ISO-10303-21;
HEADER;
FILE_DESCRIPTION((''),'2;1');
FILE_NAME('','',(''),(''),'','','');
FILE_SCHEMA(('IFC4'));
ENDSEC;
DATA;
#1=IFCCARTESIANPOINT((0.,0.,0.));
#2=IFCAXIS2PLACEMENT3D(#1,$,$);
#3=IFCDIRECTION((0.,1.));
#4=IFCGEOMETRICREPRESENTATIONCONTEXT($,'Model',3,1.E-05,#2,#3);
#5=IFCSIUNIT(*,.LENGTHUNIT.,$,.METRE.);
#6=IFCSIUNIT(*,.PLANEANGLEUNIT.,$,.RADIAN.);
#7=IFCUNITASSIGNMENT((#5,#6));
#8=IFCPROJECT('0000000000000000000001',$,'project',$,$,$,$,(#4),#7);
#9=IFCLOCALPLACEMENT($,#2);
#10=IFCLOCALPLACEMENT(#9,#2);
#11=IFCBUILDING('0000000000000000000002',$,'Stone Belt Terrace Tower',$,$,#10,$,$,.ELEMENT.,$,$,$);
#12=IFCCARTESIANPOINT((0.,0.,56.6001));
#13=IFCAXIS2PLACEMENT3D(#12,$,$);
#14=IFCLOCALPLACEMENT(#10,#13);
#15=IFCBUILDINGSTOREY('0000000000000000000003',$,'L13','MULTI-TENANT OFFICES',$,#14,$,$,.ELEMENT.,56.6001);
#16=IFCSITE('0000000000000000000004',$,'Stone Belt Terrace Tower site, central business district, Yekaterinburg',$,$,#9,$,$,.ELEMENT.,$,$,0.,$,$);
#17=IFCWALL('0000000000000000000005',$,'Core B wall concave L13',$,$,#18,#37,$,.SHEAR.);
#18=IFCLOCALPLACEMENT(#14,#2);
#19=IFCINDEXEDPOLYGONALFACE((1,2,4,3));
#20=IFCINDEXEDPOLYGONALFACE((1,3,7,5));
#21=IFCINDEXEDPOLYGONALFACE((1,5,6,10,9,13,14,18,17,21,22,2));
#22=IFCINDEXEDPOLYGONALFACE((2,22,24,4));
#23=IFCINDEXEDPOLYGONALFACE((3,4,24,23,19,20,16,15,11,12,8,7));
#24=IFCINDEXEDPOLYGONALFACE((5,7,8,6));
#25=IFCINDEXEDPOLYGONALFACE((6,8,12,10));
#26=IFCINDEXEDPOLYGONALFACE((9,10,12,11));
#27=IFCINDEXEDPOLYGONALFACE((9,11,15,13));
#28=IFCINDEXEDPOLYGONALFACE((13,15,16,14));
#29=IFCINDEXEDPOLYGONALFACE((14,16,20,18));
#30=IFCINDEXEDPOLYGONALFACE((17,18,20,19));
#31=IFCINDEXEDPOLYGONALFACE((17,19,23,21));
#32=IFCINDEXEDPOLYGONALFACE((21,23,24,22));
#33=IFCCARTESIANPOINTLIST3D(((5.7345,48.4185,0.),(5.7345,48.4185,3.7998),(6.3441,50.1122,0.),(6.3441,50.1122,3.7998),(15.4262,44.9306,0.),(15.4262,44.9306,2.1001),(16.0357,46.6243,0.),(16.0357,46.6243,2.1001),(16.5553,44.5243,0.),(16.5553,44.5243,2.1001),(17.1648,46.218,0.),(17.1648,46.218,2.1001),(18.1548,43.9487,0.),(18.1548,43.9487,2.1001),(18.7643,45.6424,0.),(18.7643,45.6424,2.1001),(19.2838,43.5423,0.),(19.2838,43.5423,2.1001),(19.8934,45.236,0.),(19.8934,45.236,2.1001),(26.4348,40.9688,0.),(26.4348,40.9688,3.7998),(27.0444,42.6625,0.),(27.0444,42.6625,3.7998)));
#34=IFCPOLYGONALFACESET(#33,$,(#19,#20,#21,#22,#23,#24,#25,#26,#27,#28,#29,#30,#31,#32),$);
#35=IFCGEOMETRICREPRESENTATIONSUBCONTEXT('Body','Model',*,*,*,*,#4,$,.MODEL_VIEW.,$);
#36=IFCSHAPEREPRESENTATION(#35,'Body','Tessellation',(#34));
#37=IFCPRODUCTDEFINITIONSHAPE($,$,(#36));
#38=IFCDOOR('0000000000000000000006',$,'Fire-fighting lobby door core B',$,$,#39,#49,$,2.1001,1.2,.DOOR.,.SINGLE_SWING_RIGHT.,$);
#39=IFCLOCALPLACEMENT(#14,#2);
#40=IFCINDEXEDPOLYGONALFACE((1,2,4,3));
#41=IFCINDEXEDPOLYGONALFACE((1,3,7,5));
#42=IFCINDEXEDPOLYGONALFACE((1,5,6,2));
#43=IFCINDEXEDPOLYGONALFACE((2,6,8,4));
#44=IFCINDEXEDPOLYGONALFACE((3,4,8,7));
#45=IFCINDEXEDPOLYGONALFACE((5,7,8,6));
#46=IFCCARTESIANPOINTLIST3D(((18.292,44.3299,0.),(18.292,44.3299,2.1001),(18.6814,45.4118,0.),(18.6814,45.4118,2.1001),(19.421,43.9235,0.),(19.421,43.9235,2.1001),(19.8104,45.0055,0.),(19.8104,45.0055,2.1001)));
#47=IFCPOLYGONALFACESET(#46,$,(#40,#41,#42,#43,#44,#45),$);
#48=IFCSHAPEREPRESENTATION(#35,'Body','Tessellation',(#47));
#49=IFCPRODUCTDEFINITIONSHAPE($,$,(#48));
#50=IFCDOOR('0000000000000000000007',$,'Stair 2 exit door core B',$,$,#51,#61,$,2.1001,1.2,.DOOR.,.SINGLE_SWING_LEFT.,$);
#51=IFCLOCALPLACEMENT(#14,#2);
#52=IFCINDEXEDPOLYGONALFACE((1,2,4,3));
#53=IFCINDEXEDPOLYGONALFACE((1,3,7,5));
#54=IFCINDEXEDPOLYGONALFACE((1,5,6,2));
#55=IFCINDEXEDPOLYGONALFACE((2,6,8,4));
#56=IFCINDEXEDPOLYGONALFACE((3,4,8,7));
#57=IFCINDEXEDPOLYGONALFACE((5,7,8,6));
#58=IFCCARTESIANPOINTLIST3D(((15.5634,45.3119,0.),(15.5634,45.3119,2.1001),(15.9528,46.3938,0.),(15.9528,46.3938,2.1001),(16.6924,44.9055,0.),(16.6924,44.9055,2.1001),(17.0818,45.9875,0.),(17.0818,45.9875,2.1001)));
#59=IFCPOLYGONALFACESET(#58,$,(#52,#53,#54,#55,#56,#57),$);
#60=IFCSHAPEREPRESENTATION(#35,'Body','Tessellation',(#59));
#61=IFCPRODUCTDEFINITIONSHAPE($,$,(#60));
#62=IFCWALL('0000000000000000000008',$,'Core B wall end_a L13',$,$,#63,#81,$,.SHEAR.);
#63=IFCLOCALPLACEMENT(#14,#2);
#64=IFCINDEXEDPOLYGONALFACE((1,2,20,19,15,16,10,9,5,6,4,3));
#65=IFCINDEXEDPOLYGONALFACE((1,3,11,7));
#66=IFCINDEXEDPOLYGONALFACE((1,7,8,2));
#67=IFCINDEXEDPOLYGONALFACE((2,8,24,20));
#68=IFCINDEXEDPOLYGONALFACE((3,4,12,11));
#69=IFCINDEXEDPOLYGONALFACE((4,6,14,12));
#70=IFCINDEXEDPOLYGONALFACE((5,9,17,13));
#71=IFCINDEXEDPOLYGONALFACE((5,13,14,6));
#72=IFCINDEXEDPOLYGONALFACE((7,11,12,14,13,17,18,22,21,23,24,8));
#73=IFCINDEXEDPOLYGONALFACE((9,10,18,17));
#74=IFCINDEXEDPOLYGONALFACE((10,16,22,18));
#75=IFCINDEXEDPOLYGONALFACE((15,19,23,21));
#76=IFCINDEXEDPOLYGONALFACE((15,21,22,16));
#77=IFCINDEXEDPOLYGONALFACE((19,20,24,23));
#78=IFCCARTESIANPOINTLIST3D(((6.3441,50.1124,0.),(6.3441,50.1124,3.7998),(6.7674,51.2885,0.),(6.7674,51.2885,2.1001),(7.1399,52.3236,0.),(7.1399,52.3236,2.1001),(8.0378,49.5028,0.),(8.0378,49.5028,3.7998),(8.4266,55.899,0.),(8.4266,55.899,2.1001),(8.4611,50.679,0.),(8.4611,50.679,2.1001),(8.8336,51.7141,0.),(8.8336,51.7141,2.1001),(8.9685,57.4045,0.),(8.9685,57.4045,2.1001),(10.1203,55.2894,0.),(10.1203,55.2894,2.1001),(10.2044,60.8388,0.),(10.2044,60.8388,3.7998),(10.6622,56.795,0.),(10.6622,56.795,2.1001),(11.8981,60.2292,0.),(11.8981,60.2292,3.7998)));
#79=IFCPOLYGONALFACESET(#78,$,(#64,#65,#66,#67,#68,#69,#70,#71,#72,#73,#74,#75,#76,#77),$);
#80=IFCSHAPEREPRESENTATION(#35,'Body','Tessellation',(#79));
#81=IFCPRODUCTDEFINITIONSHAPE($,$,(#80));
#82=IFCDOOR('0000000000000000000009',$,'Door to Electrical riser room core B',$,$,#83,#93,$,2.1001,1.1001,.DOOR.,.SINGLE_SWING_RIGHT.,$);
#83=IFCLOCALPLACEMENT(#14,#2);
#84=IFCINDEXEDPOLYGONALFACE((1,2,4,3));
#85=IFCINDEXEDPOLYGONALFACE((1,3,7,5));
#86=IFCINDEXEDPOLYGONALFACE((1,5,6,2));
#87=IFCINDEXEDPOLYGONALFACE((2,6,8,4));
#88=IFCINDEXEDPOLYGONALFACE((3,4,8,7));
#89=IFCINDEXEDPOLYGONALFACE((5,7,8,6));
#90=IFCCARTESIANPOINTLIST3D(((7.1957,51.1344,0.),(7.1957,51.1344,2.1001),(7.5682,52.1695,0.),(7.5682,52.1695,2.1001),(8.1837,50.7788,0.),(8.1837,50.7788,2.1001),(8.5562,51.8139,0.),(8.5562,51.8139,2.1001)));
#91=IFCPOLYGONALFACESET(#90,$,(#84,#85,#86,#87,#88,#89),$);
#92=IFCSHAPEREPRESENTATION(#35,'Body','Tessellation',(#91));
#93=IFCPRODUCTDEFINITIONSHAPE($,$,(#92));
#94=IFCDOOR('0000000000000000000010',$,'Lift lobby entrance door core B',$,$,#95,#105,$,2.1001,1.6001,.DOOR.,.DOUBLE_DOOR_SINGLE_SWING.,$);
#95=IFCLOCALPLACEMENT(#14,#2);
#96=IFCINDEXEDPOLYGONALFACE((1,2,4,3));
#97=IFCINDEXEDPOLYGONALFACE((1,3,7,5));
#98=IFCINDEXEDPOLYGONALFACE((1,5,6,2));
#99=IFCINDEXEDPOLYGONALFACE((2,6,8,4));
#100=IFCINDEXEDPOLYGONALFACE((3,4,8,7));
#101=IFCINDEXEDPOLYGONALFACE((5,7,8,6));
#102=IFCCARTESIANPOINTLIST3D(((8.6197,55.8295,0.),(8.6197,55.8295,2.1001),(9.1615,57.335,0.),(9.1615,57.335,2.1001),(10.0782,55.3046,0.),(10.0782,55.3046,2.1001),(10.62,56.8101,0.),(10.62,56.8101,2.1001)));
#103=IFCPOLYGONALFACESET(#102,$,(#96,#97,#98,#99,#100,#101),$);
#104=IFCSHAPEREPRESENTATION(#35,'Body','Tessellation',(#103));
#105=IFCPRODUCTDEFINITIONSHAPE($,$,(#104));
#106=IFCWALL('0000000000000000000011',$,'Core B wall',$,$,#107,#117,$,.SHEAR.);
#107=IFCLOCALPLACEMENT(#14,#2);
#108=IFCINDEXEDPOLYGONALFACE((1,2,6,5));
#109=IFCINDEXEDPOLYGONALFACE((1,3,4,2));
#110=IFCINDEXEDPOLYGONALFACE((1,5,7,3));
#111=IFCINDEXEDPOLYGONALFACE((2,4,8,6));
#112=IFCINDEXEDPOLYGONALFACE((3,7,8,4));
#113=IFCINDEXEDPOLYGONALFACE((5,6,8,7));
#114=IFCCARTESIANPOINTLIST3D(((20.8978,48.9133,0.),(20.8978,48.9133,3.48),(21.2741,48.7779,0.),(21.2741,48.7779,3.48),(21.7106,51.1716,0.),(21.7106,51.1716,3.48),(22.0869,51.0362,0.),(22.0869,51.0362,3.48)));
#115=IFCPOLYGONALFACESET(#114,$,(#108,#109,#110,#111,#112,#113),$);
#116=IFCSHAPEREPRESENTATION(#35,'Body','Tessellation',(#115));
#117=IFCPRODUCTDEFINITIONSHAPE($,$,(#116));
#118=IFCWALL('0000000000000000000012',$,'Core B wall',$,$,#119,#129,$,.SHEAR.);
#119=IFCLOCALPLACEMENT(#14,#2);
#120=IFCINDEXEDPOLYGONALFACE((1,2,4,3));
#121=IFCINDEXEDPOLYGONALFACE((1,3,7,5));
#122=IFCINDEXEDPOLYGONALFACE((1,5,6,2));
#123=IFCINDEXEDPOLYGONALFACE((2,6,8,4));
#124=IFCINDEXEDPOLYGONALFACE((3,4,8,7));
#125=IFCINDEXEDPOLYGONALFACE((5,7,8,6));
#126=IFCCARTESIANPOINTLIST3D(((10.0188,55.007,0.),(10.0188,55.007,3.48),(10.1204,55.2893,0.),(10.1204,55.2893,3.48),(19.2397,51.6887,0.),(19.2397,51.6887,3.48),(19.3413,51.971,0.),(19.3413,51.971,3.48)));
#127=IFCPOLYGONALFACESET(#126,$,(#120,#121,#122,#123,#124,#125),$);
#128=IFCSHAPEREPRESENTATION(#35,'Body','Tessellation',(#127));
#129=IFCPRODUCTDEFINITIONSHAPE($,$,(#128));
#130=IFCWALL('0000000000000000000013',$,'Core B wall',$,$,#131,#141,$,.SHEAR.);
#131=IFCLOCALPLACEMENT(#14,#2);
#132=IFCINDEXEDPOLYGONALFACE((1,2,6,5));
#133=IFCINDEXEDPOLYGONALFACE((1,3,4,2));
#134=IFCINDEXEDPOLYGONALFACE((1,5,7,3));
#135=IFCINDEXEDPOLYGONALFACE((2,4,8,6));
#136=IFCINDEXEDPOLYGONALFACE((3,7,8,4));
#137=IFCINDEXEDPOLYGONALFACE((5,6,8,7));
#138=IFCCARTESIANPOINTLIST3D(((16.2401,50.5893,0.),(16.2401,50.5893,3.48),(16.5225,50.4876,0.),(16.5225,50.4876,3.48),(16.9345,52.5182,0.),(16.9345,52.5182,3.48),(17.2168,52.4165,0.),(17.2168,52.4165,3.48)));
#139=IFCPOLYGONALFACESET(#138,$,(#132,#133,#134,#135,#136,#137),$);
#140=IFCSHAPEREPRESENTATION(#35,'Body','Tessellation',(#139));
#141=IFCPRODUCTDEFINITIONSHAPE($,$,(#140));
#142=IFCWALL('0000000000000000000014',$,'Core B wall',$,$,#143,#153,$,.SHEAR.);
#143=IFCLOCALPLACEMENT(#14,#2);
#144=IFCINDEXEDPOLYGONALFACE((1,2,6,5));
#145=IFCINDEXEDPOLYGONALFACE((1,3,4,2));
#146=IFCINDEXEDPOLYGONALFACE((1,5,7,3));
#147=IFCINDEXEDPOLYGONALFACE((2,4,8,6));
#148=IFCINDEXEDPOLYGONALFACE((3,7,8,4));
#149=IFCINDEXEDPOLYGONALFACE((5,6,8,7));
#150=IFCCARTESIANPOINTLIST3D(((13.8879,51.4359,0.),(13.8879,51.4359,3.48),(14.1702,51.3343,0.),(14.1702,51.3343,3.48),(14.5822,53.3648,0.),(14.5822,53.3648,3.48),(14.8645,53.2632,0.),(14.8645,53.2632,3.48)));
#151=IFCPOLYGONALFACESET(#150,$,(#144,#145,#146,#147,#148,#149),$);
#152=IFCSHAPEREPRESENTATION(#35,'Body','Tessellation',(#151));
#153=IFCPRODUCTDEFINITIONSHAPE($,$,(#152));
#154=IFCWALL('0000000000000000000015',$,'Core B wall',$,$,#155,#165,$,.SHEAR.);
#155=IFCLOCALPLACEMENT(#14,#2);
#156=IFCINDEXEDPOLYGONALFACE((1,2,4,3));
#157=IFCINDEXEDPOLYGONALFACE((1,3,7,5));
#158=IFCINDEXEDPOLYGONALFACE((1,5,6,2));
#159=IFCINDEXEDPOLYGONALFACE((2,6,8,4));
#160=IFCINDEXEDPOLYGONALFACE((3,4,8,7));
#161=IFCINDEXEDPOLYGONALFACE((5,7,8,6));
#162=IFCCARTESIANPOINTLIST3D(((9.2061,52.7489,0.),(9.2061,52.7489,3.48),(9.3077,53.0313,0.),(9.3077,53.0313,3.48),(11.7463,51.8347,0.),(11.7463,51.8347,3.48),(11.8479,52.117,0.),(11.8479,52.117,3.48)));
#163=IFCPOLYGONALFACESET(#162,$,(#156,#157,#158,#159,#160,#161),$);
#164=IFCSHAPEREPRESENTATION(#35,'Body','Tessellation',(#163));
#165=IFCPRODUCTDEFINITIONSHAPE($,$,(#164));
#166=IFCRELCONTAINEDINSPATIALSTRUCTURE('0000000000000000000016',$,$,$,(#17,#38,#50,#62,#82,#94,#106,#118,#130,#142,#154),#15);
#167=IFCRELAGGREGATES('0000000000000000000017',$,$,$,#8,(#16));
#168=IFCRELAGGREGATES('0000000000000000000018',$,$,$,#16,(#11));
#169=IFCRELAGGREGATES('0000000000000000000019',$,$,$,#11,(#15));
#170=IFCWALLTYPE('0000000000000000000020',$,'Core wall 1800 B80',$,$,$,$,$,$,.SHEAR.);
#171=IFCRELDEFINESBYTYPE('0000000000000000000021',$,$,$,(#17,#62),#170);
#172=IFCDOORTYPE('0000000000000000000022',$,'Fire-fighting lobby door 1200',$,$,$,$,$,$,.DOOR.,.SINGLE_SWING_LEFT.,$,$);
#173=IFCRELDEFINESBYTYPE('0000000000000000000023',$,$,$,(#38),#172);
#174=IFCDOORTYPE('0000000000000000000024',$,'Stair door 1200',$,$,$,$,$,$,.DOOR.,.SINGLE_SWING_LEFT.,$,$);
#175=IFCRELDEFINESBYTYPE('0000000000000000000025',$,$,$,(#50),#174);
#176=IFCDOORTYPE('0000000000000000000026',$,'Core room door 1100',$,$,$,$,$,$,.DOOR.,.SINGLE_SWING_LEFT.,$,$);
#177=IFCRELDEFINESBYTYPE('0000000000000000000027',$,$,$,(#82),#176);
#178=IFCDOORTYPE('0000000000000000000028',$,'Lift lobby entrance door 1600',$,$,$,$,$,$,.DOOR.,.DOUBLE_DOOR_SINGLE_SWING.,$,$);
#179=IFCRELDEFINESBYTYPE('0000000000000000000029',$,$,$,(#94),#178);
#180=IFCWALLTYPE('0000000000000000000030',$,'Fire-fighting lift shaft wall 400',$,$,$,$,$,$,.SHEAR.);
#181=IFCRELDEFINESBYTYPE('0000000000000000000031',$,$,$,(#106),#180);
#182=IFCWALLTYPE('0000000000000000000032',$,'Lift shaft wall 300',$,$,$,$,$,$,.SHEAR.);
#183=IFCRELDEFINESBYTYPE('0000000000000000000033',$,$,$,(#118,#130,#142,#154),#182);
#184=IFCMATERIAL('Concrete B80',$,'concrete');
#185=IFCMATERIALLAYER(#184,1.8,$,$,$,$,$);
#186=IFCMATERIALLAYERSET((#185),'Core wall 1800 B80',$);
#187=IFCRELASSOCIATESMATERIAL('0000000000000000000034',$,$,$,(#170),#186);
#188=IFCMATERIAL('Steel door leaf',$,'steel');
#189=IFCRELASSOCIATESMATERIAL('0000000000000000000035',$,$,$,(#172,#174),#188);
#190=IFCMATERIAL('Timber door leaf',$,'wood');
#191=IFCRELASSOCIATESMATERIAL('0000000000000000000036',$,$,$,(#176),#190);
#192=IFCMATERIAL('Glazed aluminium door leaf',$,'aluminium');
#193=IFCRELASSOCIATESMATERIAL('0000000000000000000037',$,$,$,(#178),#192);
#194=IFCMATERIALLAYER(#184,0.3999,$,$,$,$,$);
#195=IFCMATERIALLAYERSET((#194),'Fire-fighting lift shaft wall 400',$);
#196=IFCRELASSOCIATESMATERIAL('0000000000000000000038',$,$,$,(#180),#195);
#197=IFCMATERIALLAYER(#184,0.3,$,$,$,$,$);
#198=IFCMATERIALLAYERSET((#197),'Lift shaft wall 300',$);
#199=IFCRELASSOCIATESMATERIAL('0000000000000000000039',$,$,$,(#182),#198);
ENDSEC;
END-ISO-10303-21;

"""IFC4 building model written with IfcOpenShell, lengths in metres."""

from ifc_helpers import new_model, si_unit, direction, frame, frame_2d, origin, place, context, subcontext, project, spatial, rectangle, extrude, material, layer, layer_set, type_object, element, fill, save


model = new_model("IFC4")

# Units and contexts
model_context = context("Model", 3, precision=1e-05, world=origin(), true_north=direction((0.0, 1.0)))
body_context = subcontext(model_context, "Body", "Model", "MODEL_VIEW")
ifc_project = project(units=[si_unit("LENGTHUNIT", "METRE"), si_unit("PLANEANGLEUNIT", "RADIAN")], contexts=[model_context])

# Site, building, storey
site_placement = place(None, origin())
site = spatial("IfcSite", under=ifc_project, at=site_placement, Name="Stone Belt Terrace Tower site, central business district, Yekaterinburg", CompositionType="ELEMENT", RefElevation=0.0)
building_placement = place(site_placement, origin())
building = spatial("IfcBuilding", under=site, at=building_placement, Name="Stone Belt Terrace Tower", CompositionType="ELEMENT")
storey_placement = place(building_placement, frame((0.0, 0.0, 56.6001)))
storey = spatial("IfcBuildingStorey", under=building, at=storey_placement, Name="L13", Description="MULTI-TENANT OFFICES", CompositionType="ELEMENT", Elevation=56.6001)

# Walls, openings, doors
ifc_material_1 = material(Name="Concrete B80", Category="concrete")
ifc_layer_1 = layer(ifc_material_1, 1.8)
ifc_layer_set_1 = layer_set([ifc_layer_1], Name="Core wall 1800 B80")
wall_type_1 = type_object("IfcWallType", Name="Core wall 1800 B80", PredefinedType="SHEAR", material=ifc_layer_set_1)
wall_1_placement = place(storey_placement, frame((6.0393, 49.2654, 0.0), z_axis=(0.0, 0.0, 1.0), x_axis=(0.940922, -0.338624, 0.0)))
wall_1 = element("IfcWall", 1, at=wall_1_placement, inside=storey, type_object=wall_type_1, Name="Core B wall concave L13", PredefinedType="SHEAR", context=body_context, shape_type="SweptSolid", body=[
    extrude(rectangle(XDim=22.0, YDim=1.8, at=frame_2d((11.0, 0.0))), origin(), (0.0, 0.0, 1.0), 3.7998),
])
opening_1_placement = place(wall_1_placement, frame((13.2, 0.0, 0.0)))
opening_1 = element("IfcOpeningElement", 2, at=opening_1_placement, cuts=wall_1, PredefinedType="OPENING", context=body_context, shape_type="SweptSolid", body=[
    extrude(rectangle(XDim=1.2, YDim=2.1001, at=frame_2d((0.6001, 1.05))), frame((0.0, 0.9099, 0.0), z_axis=(0.0, -1.0, 0.0), x_axis=(1.0, 0.0, 0.0)), (0.0, 0.0, 1.0), 1.8201),
])
opening_2_placement = place(wall_1_placement, frame((10.3, 0.0, 0.0)))
opening_2 = element("IfcOpeningElement", 3, at=opening_2_placement, cuts=wall_1, PredefinedType="OPENING", context=body_context, shape_type="SweptSolid", body=[
    extrude(rectangle(XDim=1.2, YDim=2.1001, at=frame_2d((0.6001, 1.05))), frame((0.0, 0.9099, 0.0), z_axis=(0.0, -1.0, 0.0), x_axis=(1.0, 0.0, 0.0)), (0.0, 0.0, 1.0), 1.8201),
])
ifc_material_2 = material(Name="Steel door leaf", Category="steel")
door_type_1 = type_object("IfcDoorType", Name="Fire-fighting lobby door 1200", OperationType="SINGLE_SWING_LEFT", PredefinedType="DOOR", material=ifc_material_2)
door_1_placement = place(opening_1_placement, origin())
door_1 = element("IfcDoor", 4, at=door_1_placement, inside=storey, type_object=door_type_1, Name="Fire-fighting lobby door core B", OperationType="SINGLE_SWING_RIGHT", OverallHeight=2.1001, OverallWidth=1.2, PredefinedType="DOOR", context=body_context, shape_type="SweptSolid", body=[
    extrude(rectangle(XDim=1.2, YDim=2.1001, at=frame_2d((0.6001, 1.05))), frame((0.0, 0.655, 0.0), z_axis=(0.0, -1.0, 0.0), x_axis=(1.0, 0.0, 0.0)), (0.0, 0.0, 1.0), 1.1499),
])
fill(opening_1, door_1)
door_type_2 = type_object("IfcDoorType", Name="Stair door 1200", OperationType="SINGLE_SWING_LEFT", PredefinedType="DOOR", material=ifc_material_2)
door_2_placement = place(opening_2_placement, origin())
door_2 = element("IfcDoor", 5, at=door_2_placement, inside=storey, type_object=door_type_2, Name="Stair 2 exit door core B", OperationType="SINGLE_SWING_LEFT", OverallHeight=2.1001, OverallWidth=1.2, PredefinedType="DOOR", context=body_context, shape_type="SweptSolid", body=[
    extrude(rectangle(XDim=1.2, YDim=2.1001, at=frame_2d((0.6001, 1.05))), frame((0.0, 0.655, 0.0), z_axis=(0.0, -1.0, 0.0), x_axis=(1.0, 0.0, 0.0)), (0.0, 0.0, 1.0), 1.1499),
])
fill(opening_2, door_2)
wall_2_placement = place(storey_placement, frame((7.1909, 49.8076, 0.0), z_axis=(0.0, 0.0, 1.0), x_axis=(0.338632, 0.940919, 0.0)))
wall_2 = element("IfcWall", 6, at=wall_2_placement, inside=storey, type_object=wall_type_1, Name="Core B wall end_a L13", PredefinedType="SHEAR", context=body_context, shape_type="SweptSolid", body=[
    extrude(rectangle(XDim=11.3999, YDim=1.8, at=frame_2d((5.7, 0.0))), origin(), (0.0, 0.0, 1.0), 3.7998),
])
opening_3_placement = place(wall_2_placement, frame((6.1499, 0.0, 0.0)))
opening_3 = element("IfcOpeningElement", 7, at=opening_3_placement, cuts=wall_2, PredefinedType="OPENING", context=body_context, shape_type="SweptSolid", body=[
    extrude(rectangle(XDim=1.6001, YDim=2.1001, at=frame_2d((0.8, 1.05))), frame((0.0, 0.9099, 0.0), z_axis=(0.0, -1.0, 0.0), x_axis=(1.0, 0.0, 0.0)), (0.0, 0.0, 1.0), 1.8201),
])
opening_4_placement = place(wall_2_placement, frame((1.25, 0.0, 0.0)))
opening_4 = element("IfcOpeningElement", 8, at=opening_4_placement, cuts=wall_2, PredefinedType="OPENING", context=body_context, shape_type="SweptSolid", body=[
    extrude(rectangle(XDim=1.1001, YDim=2.1001, at=frame_2d((0.55, 1.05))), frame((0.0, 0.9099, 0.0), z_axis=(0.0, -1.0, 0.0), x_axis=(1.0, 0.0, 0.0)), (0.0, 0.0, 1.0), 1.8201),
])
ifc_material_3 = material(Name="Timber door leaf", Category="wood")
door_type_3 = type_object("IfcDoorType", Name="Core room door 1100", OperationType="SINGLE_SWING_LEFT", PredefinedType="DOOR", material=ifc_material_3)
door_3_placement = place(opening_4_placement, origin())
door_3 = element("IfcDoor", 9, at=door_3_placement, inside=storey, type_object=door_type_3, Name="Door to Electrical riser room core B", OperationType="SINGLE_SWING_RIGHT", OverallHeight=2.1001, OverallWidth=1.1001, PredefinedType="DOOR", context=body_context, shape_type="SweptSolid", body=[
    extrude(rectangle(XDim=1.1001, YDim=2.1001, at=frame_2d((0.55, 1.05))), frame((0.0, 0.4448, 0.0), z_axis=(0.0, -1.0, 0.0), x_axis=(1.0, 0.0, 0.0)), (0.0, 0.0, 1.0), 1.05),
])
fill(opening_4, door_3)
ifc_material_4 = material(Name="Glazed aluminium door leaf", Category="aluminium")
door_type_4 = type_object("IfcDoorType", Name="Lift lobby entrance door 1600", OperationType="DOUBLE_DOOR_SINGLE_SWING", PredefinedType="DOOR", material=ifc_material_4)
door_4_placement = place(opening_3_placement, origin())
door_4 = element("IfcDoor", 10, at=door_4_placement, inside=storey, type_object=door_type_4, Name="Lift lobby entrance door core B", OperationType="DOUBLE_DOOR_SINGLE_SWING", OverallHeight=2.1001, OverallWidth=1.6001, PredefinedType="DOOR", context=body_context, shape_type="SweptSolid", body=[
    extrude(rectangle(XDim=1.6001, YDim=2.1001, at=frame_2d((0.8, 1.05))), frame((0.0, 0.6948, 0.0), z_axis=(0.0, -1.0, 0.0), x_axis=(1.0, 0.0, 0.0)), (0.0, 0.0, 1.0), 1.55),
])
fill(opening_3, door_4)

# Walls
ifc_layer_2 = layer(ifc_material_1, 0.3999)
ifc_layer_set_2 = layer_set([ifc_layer_2], Name="Fire-fighting lift shaft wall 400")
wall_type_2 = type_object("IfcWallType", Name="Fire-fighting lift shaft wall 400", PredefinedType="SHEAR", material=ifc_layer_set_2)
wall_3_placement = place(storey_placement, frame((21.0859, 48.8455, 0.0), z_axis=(0.0, 0.0, 1.0), x_axis=(0.338629, 0.94092, 0.0)))
element("IfcWall", 11, at=wall_3_placement, inside=storey, type_object=wall_type_2, Name="Core B wall", PredefinedType="SHEAR", context=body_context, shape_type="SweptSolid", body=[
    extrude(rectangle(XDim=2.4001, YDim=0.3999, at=frame_2d((1.2002, 0.0))), origin(), (0.0, 0.0, 1.0), 3.48),
])
ifc_layer_3 = layer(ifc_material_1, 0.3)
ifc_layer_set_3 = layer_set([ifc_layer_3], Name="Lift shaft wall 300")
wall_type_3 = type_object("IfcWallType", Name="Lift shaft wall 300", PredefinedType="SHEAR", material=ifc_layer_set_3)
wall_4_placement = place(storey_placement, frame((19.2905, 51.8298, 0.0), z_axis=(0.0, 0.0, 1.0), x_axis=(-0.940926, 0.338613, 0.0)))
element("IfcWall", 12, at=wall_4_placement, inside=storey, type_object=wall_type_3, Name="Core B wall", PredefinedType="SHEAR", context=body_context, shape_type="SweptSolid", body=[
    extrude(rectangle(XDim=9.7998, YDim=0.3, at=frame_2d((4.8999, 0.0))), origin(), (0.0, 0.0, 1.0), 3.48),
])
for number, where, z_axis, x_axis, name in (
    (13, (16.3813, 50.5386, 0.0), (0.0, 0.0, 1.0), (0.338682, 0.940901, 0.0), "Core B wall"),
    (14, (14.0291, 51.3853, 0.0), (0.0, 0.0, 1.0), (0.338682, 0.940901, 0.0), "Core B wall"),
):
    element("IfcWall", number, at=place(storey_placement, frame(where, z_axis=z_axis, x_axis=x_axis)), inside=storey, type_object=wall_type_3, Name=name, PredefinedType="SHEAR", context=body_context, shape_type="SweptSolid", body=[
        extrude(rectangle(XDim=2.05, YDim=0.3, at=frame_2d((1.0249, 0.0))), origin(), (0.0, 0.0, 1.0), 3.48),
    ])
wall_5_placement = place(storey_placement, frame((11.7971, 51.9758, 0.0), z_axis=(0.0, 0.0, 1.0), x_axis=(-0.94091, 0.338655, 0.0)))
element("IfcWall", 15, at=wall_5_placement, inside=storey, type_object=wall_type_3, Name="Core B wall", PredefinedType="SHEAR", context=body_context, shape_type="SweptSolid", body=[
    extrude(rectangle(XDim=2.6997, YDim=0.3, at=frame_2d((1.3499, 0.0))), origin(), (0.0, 0.0, 1.0), 3.48),
])

save(model, "model.ifc")
